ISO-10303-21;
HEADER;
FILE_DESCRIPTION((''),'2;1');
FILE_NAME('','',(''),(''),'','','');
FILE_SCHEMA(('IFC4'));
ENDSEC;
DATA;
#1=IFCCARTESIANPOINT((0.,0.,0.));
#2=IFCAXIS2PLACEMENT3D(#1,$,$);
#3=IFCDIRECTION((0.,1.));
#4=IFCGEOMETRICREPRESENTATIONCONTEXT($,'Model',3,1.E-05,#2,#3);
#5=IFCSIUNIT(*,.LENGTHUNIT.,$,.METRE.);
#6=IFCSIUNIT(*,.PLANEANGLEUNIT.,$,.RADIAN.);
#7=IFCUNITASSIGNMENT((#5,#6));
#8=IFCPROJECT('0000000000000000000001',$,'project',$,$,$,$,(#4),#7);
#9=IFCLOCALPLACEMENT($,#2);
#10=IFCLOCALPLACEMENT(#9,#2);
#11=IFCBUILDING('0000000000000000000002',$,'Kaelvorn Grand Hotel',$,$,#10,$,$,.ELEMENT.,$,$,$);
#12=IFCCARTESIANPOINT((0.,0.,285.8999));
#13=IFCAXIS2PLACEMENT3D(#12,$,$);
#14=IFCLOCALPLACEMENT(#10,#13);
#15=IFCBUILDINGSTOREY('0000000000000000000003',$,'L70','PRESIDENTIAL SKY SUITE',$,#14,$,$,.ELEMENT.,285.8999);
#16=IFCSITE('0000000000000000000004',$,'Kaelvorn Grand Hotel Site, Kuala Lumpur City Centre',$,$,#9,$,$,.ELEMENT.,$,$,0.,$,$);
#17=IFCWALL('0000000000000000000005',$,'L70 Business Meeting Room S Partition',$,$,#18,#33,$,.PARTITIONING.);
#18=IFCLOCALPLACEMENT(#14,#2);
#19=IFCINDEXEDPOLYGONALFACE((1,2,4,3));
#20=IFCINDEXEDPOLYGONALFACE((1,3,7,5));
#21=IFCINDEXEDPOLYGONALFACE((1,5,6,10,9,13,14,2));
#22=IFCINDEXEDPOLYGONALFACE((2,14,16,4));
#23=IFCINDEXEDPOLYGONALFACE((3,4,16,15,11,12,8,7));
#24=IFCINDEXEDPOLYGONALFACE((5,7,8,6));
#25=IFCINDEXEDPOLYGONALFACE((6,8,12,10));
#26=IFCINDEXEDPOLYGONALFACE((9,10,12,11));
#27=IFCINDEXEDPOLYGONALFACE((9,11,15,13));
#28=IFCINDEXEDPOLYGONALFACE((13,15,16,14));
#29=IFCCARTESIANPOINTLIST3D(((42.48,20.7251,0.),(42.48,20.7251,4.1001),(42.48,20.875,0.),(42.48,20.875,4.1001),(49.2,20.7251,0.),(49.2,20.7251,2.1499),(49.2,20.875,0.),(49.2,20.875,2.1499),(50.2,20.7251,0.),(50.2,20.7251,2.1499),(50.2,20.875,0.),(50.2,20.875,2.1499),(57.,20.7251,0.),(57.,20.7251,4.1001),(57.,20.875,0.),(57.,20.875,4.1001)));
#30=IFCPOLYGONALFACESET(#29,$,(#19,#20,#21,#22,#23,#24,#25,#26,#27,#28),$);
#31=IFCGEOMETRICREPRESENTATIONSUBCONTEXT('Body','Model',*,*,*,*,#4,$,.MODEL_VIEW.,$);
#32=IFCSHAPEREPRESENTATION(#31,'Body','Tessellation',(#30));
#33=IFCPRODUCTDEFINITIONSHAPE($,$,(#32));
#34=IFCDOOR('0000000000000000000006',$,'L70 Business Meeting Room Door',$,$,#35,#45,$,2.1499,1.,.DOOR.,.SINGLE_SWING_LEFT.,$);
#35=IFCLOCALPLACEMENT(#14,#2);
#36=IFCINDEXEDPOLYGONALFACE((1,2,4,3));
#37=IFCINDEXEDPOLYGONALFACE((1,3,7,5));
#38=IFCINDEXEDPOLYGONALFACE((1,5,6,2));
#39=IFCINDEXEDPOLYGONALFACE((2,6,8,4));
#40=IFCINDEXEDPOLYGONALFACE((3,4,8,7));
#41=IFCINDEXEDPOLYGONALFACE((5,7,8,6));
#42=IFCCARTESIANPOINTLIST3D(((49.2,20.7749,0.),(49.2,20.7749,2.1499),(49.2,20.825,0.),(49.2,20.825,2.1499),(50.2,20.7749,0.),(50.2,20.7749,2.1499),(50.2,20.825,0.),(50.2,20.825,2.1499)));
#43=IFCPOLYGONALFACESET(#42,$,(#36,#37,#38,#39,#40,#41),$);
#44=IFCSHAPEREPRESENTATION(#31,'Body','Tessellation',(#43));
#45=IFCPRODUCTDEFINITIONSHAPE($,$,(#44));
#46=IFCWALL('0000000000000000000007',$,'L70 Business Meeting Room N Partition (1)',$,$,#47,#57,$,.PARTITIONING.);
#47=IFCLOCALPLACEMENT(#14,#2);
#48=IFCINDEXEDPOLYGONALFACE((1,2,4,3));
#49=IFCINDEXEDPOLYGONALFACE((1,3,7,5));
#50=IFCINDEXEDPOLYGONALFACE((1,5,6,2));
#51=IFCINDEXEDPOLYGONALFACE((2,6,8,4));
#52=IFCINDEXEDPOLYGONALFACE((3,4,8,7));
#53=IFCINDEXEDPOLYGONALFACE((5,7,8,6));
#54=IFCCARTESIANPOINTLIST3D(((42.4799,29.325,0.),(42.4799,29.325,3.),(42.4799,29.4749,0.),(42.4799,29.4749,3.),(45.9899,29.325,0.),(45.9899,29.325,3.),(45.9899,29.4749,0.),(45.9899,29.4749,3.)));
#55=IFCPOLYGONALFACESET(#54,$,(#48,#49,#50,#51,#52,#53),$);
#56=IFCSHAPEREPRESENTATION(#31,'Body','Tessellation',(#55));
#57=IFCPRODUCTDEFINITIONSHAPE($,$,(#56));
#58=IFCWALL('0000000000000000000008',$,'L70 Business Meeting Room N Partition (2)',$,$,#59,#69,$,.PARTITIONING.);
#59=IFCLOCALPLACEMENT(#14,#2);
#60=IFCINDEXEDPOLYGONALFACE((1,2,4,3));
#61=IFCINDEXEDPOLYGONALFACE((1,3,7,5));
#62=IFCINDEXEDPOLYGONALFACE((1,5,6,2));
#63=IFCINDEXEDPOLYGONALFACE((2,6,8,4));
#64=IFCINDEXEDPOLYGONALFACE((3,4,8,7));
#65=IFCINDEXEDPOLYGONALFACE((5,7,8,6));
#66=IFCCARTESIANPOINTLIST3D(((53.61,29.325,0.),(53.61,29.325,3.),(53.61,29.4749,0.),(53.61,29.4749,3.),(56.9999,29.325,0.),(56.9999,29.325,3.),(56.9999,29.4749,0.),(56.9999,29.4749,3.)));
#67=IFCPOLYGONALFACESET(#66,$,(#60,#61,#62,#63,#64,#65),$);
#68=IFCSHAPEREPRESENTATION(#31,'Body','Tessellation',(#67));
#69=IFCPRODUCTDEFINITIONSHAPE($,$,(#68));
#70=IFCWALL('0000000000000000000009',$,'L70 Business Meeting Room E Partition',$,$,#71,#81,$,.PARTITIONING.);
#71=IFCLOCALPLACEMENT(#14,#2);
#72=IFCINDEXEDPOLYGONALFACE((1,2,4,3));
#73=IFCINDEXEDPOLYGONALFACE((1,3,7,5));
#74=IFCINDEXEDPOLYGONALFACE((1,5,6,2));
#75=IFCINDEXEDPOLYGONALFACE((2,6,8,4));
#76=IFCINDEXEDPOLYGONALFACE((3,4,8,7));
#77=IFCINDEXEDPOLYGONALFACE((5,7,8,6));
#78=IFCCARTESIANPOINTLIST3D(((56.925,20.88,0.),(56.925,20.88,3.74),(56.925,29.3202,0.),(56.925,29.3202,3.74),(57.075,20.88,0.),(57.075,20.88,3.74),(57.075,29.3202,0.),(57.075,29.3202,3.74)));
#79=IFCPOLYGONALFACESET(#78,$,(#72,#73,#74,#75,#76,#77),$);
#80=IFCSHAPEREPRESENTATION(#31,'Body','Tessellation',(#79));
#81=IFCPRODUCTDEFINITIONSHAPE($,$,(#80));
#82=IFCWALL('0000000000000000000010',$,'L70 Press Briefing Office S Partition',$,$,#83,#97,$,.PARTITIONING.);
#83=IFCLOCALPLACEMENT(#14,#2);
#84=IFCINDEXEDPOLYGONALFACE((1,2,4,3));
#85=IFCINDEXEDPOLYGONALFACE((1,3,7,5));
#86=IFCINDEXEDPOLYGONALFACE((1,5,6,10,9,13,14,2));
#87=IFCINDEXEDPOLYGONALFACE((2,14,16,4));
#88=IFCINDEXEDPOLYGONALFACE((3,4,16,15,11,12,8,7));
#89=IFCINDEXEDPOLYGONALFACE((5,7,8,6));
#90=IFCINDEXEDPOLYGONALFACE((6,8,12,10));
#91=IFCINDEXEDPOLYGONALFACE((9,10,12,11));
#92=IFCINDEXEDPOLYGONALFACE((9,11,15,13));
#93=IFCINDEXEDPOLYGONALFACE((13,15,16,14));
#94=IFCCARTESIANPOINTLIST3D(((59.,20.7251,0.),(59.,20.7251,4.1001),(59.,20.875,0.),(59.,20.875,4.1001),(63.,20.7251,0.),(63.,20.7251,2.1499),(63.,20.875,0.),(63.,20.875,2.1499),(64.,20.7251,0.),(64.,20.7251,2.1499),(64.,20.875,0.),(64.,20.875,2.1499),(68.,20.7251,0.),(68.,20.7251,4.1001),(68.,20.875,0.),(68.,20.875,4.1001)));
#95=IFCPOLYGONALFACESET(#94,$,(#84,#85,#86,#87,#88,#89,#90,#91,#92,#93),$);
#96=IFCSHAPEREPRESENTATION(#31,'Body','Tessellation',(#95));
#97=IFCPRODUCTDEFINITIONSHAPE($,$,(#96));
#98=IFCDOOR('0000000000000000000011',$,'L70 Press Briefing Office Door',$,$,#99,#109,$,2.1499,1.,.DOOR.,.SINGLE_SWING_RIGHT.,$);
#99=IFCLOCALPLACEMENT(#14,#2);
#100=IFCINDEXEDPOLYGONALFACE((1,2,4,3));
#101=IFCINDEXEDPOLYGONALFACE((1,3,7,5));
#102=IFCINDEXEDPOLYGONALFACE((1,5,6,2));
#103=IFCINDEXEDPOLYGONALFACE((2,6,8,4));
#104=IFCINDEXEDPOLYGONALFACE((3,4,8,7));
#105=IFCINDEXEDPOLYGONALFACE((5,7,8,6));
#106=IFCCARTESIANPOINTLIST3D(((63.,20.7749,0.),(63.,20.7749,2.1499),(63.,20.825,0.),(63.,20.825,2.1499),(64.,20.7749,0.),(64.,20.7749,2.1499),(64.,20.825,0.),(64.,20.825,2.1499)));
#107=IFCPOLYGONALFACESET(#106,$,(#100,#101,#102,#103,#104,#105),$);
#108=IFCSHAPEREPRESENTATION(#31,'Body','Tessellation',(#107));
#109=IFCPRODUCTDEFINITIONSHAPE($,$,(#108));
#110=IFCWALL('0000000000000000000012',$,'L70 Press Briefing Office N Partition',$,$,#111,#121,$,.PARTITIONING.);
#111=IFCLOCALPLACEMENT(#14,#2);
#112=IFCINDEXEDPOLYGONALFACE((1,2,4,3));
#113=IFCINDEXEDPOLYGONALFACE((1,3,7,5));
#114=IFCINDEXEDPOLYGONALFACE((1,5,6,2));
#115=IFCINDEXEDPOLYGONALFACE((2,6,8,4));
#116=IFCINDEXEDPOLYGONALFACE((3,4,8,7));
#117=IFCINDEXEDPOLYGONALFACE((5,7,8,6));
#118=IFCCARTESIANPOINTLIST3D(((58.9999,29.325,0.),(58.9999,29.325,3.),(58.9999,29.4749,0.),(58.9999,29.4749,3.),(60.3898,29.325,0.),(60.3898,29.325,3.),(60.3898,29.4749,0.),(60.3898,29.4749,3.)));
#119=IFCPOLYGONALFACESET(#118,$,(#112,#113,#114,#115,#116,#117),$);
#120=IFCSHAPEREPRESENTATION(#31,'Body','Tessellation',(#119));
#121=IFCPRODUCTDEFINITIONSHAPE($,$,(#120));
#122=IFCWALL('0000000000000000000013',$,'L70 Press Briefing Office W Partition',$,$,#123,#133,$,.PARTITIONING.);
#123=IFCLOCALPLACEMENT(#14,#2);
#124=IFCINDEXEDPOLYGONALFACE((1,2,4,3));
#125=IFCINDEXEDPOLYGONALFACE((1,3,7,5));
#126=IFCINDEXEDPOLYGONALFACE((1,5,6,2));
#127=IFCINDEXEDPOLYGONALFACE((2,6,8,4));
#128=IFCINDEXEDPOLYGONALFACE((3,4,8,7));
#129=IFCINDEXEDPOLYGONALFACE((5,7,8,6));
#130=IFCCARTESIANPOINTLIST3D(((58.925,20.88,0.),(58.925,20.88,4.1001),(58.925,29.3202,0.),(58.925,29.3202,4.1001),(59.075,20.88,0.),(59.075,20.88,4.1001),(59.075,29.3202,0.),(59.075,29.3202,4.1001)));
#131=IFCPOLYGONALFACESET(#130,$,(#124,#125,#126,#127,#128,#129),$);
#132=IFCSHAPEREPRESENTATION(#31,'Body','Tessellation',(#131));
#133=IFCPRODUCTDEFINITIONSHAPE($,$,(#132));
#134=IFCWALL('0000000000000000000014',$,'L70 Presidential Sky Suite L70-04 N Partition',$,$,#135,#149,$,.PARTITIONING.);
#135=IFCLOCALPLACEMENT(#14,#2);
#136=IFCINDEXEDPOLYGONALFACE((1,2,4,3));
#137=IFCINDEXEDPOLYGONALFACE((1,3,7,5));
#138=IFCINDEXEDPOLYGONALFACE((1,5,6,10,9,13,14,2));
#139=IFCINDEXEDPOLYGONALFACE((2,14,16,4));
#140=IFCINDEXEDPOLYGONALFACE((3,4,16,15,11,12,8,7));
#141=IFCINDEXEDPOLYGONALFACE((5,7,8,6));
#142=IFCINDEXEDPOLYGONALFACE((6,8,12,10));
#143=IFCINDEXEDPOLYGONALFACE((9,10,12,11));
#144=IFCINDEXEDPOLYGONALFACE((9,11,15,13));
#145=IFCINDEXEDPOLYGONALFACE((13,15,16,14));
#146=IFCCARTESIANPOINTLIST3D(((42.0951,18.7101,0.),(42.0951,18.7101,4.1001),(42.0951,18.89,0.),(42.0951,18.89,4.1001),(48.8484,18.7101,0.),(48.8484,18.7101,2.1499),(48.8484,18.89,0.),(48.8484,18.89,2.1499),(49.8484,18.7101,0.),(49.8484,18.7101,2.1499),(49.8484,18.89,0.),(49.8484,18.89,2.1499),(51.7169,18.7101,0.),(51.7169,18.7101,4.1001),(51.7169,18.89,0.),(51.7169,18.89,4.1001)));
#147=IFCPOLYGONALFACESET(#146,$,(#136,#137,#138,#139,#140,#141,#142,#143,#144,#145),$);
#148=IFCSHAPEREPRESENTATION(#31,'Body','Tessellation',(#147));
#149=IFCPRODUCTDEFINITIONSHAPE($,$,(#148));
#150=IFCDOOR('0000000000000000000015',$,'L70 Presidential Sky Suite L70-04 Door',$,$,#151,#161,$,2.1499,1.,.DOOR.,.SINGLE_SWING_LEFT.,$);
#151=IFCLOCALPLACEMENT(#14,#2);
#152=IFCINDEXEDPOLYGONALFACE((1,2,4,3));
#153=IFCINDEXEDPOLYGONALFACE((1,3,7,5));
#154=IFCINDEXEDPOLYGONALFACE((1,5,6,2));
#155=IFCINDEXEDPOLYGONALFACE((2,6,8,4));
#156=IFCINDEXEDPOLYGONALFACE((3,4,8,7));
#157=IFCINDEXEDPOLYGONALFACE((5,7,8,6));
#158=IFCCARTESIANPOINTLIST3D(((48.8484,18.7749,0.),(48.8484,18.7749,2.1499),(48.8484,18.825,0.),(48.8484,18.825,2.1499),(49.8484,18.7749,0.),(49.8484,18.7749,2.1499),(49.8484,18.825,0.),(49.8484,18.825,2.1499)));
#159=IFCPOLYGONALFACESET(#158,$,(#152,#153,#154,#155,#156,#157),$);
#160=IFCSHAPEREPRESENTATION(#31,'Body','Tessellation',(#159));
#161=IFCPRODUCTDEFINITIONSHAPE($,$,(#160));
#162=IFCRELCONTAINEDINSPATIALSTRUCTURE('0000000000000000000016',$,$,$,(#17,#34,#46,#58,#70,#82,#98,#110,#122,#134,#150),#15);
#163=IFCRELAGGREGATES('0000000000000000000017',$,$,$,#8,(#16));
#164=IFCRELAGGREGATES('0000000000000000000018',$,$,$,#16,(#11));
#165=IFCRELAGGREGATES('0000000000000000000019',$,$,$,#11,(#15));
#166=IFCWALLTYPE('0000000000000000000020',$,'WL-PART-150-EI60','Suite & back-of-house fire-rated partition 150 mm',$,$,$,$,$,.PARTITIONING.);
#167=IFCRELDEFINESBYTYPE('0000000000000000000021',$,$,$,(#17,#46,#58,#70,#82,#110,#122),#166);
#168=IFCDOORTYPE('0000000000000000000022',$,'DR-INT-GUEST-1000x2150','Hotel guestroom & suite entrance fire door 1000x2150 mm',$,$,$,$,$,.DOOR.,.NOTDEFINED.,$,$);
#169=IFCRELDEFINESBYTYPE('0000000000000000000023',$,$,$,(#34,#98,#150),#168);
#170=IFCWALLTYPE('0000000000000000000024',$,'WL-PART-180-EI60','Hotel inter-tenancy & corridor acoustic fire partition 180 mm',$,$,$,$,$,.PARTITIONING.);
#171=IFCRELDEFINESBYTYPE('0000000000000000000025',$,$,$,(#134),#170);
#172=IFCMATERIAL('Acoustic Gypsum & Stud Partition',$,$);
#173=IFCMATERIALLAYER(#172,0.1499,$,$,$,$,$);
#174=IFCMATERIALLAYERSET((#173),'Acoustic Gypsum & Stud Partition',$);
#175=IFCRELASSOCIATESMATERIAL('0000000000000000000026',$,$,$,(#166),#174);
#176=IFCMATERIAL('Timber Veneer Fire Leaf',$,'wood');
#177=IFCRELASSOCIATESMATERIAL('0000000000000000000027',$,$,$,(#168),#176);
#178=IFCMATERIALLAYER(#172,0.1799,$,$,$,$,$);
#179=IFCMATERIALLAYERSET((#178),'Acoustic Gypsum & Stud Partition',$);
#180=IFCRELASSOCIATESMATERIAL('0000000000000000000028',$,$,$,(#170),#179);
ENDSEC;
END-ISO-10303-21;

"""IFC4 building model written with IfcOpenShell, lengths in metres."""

from ifc_helpers import new_model, si_unit, direction, frame, frame_2d, origin, place, context, subcontext, project, spatial, rectangle, extrude, material, layer, layer_set, type_object, element, fill, save


model = new_model("IFC4")

# Units and contexts
model_context = context("Model", 3, precision=1e-05, world=origin(), true_north=direction((0.0, 1.0)))
body_context = subcontext(model_context, "Body", "Model", "MODEL_VIEW")
ifc_project = project(units=[si_unit("LENGTHUNIT", "METRE"), si_unit("PLANEANGLEUNIT", "RADIAN")], contexts=[model_context])

# Site, building, storey
site_placement = place(None, origin())
site = spatial("IfcSite", under=ifc_project, at=site_placement, Name="Kaelvorn Grand Hotel Site, Kuala Lumpur City Centre", CompositionType="ELEMENT", RefElevation=0.0)
building_placement = place(site_placement, origin())
building = spatial("IfcBuilding", under=site, at=building_placement, Name="Kaelvorn Grand Hotel", CompositionType="ELEMENT")
storey_placement = place(building_placement, frame((0.0, 0.0, 285.8999)))
storey = spatial("IfcBuildingStorey", under=building, at=storey_placement, Name="L70", Description="PRESIDENTIAL SKY SUITE", CompositionType="ELEMENT", Elevation=285.8999)

# Shared definitions
ifc_material_1 = material(Name="Acoustic Gypsum & Stud Partition")
ifc_layer_1 = layer(ifc_material_1, 0.1499)
ifc_layer_set_1 = layer_set([ifc_layer_1], Name="Acoustic Gypsum & Stud Partition")
wall_type_1 = type_object("IfcWallType", Name="WL-PART-150-EI60", Description="Suite & back-of-house fire-rated partition 150 mm", PredefinedType="PARTITIONING", material=ifc_layer_set_1)

# Wall, opening, door
wall_1_placement = place(storey_placement, frame((42.48, 20.8, 0.0), z_axis=(0.0, 0.0, 1.0), x_axis=(1.0, 0.0, 0.0)))
wall_1 = element("IfcWall", 1, at=wall_1_placement, inside=storey, type_object=wall_type_1, Name="L70 Business Meeting Room S Partition", PredefinedType="PARTITIONING", context=body_context, shape_type="SweptSolid", body=[
    extrude(rectangle(XDim=14.52, YDim=0.1499, at=frame_2d((7.26, 0.0))), origin(), (0.0, 0.0, 1.0), 4.1001),
])
opening_1_placement = place(wall_1_placement, frame((6.72, 0.0, 0.0)))
opening_1 = element("IfcOpeningElement", 2, at=opening_1_placement, cuts=wall_1, PredefinedType="OPENING", context=body_context, shape_type="SweptSolid", body=[
    extrude(rectangle(XDim=1.0, YDim=2.1499, at=frame_2d((0.5, 1.075))), frame((0.0, 0.085, 0.0), z_axis=(0.0, -1.0, 0.0), x_axis=(1.0, 0.0, 0.0)), (0.0, 0.0, 1.0), 0.1699),
])
ifc_material_2 = material(Name="Timber Veneer Fire Leaf", Category="wood")
door_type_1 = type_object("IfcDoorType", Name="DR-INT-GUEST-1000x2150", Description="Hotel guestroom & suite entrance fire door 1000x2150 mm", OperationType="NOTDEFINED", PredefinedType="DOOR", material=ifc_material_2)
door_1_placement = place(opening_1_placement, origin())
door_1 = element("IfcDoor", 3, at=door_1_placement, inside=storey, type_object=door_type_1, Name="L70 Business Meeting Room Door", OperationType="SINGLE_SWING_LEFT", OverallHeight=2.1499, OverallWidth=1.0, PredefinedType="DOOR", context=body_context, shape_type="SweptSolid", body=[
    extrude(rectangle(XDim=1.0, YDim=2.1499, at=frame_2d((0.5, 1.075))), frame((0.0, 0.0249, 0.0), z_axis=(0.0, -1.0, 0.0), x_axis=(1.0, 0.0, 0.0)), (0.0, 0.0, 1.0), 0.05),
])
fill(opening_1, door_1)

# Walls
wall_2_placement = place(storey_placement, frame((42.48, 29.3999, 0.0), z_axis=(0.0, 0.0, 1.0), x_axis=(1.0, 0.0, 0.0)))
element("IfcWall", 4, at=wall_2_placement, inside=storey, type_object=wall_type_1, Name="L70 Business Meeting Room N Partition (1)", PredefinedType="PARTITIONING", context=body_context, shape_type="SweptSolid", body=[
    extrude(rectangle(XDim=3.51, YDim=0.1499, at=frame_2d((1.7549, 0.0))), origin(), (0.0, 0.0, 1.0), 3.0),
])
wall_3_placement = place(storey_placement, frame((53.6101, 29.3999, 0.0), z_axis=(0.0, 0.0, 1.0), x_axis=(1.0, 0.0, 0.0)))
element("IfcWall", 5, at=wall_3_placement, inside=storey, type_object=wall_type_1, Name="L70 Business Meeting Room N Partition (2)", PredefinedType="PARTITIONING", context=body_context, shape_type="SweptSolid", body=[
    extrude(rectangle(XDim=3.3899, YDim=0.1499, at=frame_2d((1.6948, 0.0))), origin(), (0.0, 0.0, 1.0), 3.0),
])
wall_4_placement = place(storey_placement, frame((57.0, 20.8799, 0.0), z_axis=(0.0, 0.0, 1.0), x_axis=(0.0, 1.0, 0.0)))
element("IfcWall", 6, at=wall_4_placement, inside=storey, type_object=wall_type_1, Name="L70 Business Meeting Room E Partition", PredefinedType="PARTITIONING", context=body_context, shape_type="SweptSolid", body=[
    extrude(rectangle(XDim=8.4402, YDim=0.1499, at=frame_2d((4.2202, 0.0))), origin(), (0.0, 0.0, 1.0), 3.74),
])

# Wall, opening, door
wall_5_placement = place(storey_placement, frame((59.0, 20.8, 0.0), z_axis=(0.0, 0.0, 1.0), x_axis=(1.0, 0.0, 0.0)))
wall_5 = element("IfcWall", 7, at=wall_5_placement, inside=storey, type_object=wall_type_1, Name="L70 Press Briefing Office S Partition", PredefinedType="PARTITIONING", context=body_context, shape_type="SweptSolid", body=[
    extrude(rectangle(XDim=9.0, YDim=0.1499, at=frame_2d((4.5, 0.0))), origin(), (0.0, 0.0, 1.0), 4.1001),
])
opening_2_placement = place(wall_5_placement, frame((4.0, 0.0, 0.0)))
opening_2 = element("IfcOpeningElement", 8, at=opening_2_placement, cuts=wall_5, PredefinedType="OPENING", context=body_context, shape_type="SweptSolid", body=[
    extrude(rectangle(XDim=1.0, YDim=2.1499, at=frame_2d((0.5, 1.075))), frame((0.0, 0.085, 0.0), z_axis=(0.0, -1.0, 0.0), x_axis=(1.0, 0.0, 0.0)), (0.0, 0.0, 1.0), 0.1699),
])
door_2_placement = place(opening_2_placement, origin())
door_2 = element("IfcDoor", 9, at=door_2_placement, inside=storey, type_object=door_type_1, Name="L70 Press Briefing Office Door", OperationType="SINGLE_SWING_RIGHT", OverallHeight=2.1499, OverallWidth=1.0, PredefinedType="DOOR", context=body_context, shape_type="SweptSolid", body=[
    extrude(rectangle(XDim=1.0, YDim=2.1499, at=frame_2d((0.5, 1.075))), frame((0.0, 0.0249, 0.0), z_axis=(0.0, -1.0, 0.0), x_axis=(1.0, 0.0, 0.0)), (0.0, 0.0, 1.0), 0.05),
])
fill(opening_2, door_2)

# Walls
wall_6_placement = place(storey_placement, frame((59.0, 29.3999, 0.0), z_axis=(0.0, 0.0, 1.0), x_axis=(1.0, 0.0, 0.0)))
element("IfcWall", 10, at=wall_6_placement, inside=storey, type_object=wall_type_1, Name="L70 Press Briefing Office N Partition", PredefinedType="PARTITIONING", context=body_context, shape_type="SweptSolid", body=[
    extrude(rectangle(XDim=1.3899, YDim=0.1499, at=frame_2d((0.6948, 0.0))), origin(), (0.0, 0.0, 1.0), 3.0),
])
wall_7_placement = place(storey_placement, frame((59.0, 20.8799, 0.0), z_axis=(0.0, 0.0, 1.0), x_axis=(0.0, 1.0, 0.0)))
element("IfcWall", 11, at=wall_7_placement, inside=storey, type_object=wall_type_1, Name="L70 Press Briefing Office W Partition", PredefinedType="PARTITIONING", context=body_context, shape_type="SweptSolid", body=[
    extrude(rectangle(XDim=8.4402, YDim=0.1499, at=frame_2d((4.2202, 0.0))), origin(), (0.0, 0.0, 1.0), 4.1001),
])

# Wall, opening, door
ifc_layer_2 = layer(ifc_material_1, 0.1799)
ifc_layer_set_2 = layer_set([ifc_layer_2], Name="Acoustic Gypsum & Stud Partition")
wall_type_2 = type_object("IfcWallType", Name="WL-PART-180-EI60", Description="Hotel inter-tenancy & corridor acoustic fire partition 180 mm", PredefinedType="PARTITIONING", material=ifc_layer_set_2)
wall_8_placement = place(storey_placement, frame((42.095, 18.8, 0.0), z_axis=(0.0, 0.0, 1.0), x_axis=(1.0, 0.0, 0.0)))
wall_8 = element("IfcWall", 12, at=wall_8_placement, inside=storey, type_object=wall_type_2, Name="L70 Presidential Sky Suite L70-04 N Partition", PredefinedType="PARTITIONING", context=body_context, shape_type="SweptSolid", body=[
    extrude(rectangle(XDim=9.6218, YDim=0.1799, at=frame_2d((4.811, 0.0))), origin(), (0.0, 0.0, 1.0), 4.1001),
])
opening_3_placement = place(wall_8_placement, frame((6.7534, 0.0, 0.0)))
opening_3 = element("IfcOpeningElement", 13, at=opening_3_placement, cuts=wall_8, PredefinedType="OPENING", context=body_context, shape_type="SweptSolid", body=[
    extrude(rectangle(XDim=1.0, YDim=2.1499, at=frame_2d((0.5, 1.075))), frame((0.0, 0.1001, 0.0), z_axis=(0.0, -1.0, 0.0), x_axis=(1.0, 0.0, 0.0)), (0.0, 0.0, 1.0), 0.2),
])
door_3_placement = place(opening_3_placement, origin())
door_3 = element("IfcDoor", 14, at=door_3_placement, inside=storey, type_object=door_type_1, Name="L70 Presidential Sky Suite L70-04 Door", OperationType="SINGLE_SWING_LEFT", OverallHeight=2.1499, OverallWidth=1.0, PredefinedType="DOOR", context=body_context, shape_type="SweptSolid", body=[
    extrude(rectangle(XDim=1.0, YDim=2.1499, at=frame_2d((0.5, 1.075))), frame((0.0, 0.0249, 0.0), z_axis=(0.0, -1.0, 0.0), x_axis=(1.0, 0.0, 0.0)), (0.0, 0.0, 1.0), 0.05),
])
fill(opening_3, door_3)

save(model, "model.ifc")
